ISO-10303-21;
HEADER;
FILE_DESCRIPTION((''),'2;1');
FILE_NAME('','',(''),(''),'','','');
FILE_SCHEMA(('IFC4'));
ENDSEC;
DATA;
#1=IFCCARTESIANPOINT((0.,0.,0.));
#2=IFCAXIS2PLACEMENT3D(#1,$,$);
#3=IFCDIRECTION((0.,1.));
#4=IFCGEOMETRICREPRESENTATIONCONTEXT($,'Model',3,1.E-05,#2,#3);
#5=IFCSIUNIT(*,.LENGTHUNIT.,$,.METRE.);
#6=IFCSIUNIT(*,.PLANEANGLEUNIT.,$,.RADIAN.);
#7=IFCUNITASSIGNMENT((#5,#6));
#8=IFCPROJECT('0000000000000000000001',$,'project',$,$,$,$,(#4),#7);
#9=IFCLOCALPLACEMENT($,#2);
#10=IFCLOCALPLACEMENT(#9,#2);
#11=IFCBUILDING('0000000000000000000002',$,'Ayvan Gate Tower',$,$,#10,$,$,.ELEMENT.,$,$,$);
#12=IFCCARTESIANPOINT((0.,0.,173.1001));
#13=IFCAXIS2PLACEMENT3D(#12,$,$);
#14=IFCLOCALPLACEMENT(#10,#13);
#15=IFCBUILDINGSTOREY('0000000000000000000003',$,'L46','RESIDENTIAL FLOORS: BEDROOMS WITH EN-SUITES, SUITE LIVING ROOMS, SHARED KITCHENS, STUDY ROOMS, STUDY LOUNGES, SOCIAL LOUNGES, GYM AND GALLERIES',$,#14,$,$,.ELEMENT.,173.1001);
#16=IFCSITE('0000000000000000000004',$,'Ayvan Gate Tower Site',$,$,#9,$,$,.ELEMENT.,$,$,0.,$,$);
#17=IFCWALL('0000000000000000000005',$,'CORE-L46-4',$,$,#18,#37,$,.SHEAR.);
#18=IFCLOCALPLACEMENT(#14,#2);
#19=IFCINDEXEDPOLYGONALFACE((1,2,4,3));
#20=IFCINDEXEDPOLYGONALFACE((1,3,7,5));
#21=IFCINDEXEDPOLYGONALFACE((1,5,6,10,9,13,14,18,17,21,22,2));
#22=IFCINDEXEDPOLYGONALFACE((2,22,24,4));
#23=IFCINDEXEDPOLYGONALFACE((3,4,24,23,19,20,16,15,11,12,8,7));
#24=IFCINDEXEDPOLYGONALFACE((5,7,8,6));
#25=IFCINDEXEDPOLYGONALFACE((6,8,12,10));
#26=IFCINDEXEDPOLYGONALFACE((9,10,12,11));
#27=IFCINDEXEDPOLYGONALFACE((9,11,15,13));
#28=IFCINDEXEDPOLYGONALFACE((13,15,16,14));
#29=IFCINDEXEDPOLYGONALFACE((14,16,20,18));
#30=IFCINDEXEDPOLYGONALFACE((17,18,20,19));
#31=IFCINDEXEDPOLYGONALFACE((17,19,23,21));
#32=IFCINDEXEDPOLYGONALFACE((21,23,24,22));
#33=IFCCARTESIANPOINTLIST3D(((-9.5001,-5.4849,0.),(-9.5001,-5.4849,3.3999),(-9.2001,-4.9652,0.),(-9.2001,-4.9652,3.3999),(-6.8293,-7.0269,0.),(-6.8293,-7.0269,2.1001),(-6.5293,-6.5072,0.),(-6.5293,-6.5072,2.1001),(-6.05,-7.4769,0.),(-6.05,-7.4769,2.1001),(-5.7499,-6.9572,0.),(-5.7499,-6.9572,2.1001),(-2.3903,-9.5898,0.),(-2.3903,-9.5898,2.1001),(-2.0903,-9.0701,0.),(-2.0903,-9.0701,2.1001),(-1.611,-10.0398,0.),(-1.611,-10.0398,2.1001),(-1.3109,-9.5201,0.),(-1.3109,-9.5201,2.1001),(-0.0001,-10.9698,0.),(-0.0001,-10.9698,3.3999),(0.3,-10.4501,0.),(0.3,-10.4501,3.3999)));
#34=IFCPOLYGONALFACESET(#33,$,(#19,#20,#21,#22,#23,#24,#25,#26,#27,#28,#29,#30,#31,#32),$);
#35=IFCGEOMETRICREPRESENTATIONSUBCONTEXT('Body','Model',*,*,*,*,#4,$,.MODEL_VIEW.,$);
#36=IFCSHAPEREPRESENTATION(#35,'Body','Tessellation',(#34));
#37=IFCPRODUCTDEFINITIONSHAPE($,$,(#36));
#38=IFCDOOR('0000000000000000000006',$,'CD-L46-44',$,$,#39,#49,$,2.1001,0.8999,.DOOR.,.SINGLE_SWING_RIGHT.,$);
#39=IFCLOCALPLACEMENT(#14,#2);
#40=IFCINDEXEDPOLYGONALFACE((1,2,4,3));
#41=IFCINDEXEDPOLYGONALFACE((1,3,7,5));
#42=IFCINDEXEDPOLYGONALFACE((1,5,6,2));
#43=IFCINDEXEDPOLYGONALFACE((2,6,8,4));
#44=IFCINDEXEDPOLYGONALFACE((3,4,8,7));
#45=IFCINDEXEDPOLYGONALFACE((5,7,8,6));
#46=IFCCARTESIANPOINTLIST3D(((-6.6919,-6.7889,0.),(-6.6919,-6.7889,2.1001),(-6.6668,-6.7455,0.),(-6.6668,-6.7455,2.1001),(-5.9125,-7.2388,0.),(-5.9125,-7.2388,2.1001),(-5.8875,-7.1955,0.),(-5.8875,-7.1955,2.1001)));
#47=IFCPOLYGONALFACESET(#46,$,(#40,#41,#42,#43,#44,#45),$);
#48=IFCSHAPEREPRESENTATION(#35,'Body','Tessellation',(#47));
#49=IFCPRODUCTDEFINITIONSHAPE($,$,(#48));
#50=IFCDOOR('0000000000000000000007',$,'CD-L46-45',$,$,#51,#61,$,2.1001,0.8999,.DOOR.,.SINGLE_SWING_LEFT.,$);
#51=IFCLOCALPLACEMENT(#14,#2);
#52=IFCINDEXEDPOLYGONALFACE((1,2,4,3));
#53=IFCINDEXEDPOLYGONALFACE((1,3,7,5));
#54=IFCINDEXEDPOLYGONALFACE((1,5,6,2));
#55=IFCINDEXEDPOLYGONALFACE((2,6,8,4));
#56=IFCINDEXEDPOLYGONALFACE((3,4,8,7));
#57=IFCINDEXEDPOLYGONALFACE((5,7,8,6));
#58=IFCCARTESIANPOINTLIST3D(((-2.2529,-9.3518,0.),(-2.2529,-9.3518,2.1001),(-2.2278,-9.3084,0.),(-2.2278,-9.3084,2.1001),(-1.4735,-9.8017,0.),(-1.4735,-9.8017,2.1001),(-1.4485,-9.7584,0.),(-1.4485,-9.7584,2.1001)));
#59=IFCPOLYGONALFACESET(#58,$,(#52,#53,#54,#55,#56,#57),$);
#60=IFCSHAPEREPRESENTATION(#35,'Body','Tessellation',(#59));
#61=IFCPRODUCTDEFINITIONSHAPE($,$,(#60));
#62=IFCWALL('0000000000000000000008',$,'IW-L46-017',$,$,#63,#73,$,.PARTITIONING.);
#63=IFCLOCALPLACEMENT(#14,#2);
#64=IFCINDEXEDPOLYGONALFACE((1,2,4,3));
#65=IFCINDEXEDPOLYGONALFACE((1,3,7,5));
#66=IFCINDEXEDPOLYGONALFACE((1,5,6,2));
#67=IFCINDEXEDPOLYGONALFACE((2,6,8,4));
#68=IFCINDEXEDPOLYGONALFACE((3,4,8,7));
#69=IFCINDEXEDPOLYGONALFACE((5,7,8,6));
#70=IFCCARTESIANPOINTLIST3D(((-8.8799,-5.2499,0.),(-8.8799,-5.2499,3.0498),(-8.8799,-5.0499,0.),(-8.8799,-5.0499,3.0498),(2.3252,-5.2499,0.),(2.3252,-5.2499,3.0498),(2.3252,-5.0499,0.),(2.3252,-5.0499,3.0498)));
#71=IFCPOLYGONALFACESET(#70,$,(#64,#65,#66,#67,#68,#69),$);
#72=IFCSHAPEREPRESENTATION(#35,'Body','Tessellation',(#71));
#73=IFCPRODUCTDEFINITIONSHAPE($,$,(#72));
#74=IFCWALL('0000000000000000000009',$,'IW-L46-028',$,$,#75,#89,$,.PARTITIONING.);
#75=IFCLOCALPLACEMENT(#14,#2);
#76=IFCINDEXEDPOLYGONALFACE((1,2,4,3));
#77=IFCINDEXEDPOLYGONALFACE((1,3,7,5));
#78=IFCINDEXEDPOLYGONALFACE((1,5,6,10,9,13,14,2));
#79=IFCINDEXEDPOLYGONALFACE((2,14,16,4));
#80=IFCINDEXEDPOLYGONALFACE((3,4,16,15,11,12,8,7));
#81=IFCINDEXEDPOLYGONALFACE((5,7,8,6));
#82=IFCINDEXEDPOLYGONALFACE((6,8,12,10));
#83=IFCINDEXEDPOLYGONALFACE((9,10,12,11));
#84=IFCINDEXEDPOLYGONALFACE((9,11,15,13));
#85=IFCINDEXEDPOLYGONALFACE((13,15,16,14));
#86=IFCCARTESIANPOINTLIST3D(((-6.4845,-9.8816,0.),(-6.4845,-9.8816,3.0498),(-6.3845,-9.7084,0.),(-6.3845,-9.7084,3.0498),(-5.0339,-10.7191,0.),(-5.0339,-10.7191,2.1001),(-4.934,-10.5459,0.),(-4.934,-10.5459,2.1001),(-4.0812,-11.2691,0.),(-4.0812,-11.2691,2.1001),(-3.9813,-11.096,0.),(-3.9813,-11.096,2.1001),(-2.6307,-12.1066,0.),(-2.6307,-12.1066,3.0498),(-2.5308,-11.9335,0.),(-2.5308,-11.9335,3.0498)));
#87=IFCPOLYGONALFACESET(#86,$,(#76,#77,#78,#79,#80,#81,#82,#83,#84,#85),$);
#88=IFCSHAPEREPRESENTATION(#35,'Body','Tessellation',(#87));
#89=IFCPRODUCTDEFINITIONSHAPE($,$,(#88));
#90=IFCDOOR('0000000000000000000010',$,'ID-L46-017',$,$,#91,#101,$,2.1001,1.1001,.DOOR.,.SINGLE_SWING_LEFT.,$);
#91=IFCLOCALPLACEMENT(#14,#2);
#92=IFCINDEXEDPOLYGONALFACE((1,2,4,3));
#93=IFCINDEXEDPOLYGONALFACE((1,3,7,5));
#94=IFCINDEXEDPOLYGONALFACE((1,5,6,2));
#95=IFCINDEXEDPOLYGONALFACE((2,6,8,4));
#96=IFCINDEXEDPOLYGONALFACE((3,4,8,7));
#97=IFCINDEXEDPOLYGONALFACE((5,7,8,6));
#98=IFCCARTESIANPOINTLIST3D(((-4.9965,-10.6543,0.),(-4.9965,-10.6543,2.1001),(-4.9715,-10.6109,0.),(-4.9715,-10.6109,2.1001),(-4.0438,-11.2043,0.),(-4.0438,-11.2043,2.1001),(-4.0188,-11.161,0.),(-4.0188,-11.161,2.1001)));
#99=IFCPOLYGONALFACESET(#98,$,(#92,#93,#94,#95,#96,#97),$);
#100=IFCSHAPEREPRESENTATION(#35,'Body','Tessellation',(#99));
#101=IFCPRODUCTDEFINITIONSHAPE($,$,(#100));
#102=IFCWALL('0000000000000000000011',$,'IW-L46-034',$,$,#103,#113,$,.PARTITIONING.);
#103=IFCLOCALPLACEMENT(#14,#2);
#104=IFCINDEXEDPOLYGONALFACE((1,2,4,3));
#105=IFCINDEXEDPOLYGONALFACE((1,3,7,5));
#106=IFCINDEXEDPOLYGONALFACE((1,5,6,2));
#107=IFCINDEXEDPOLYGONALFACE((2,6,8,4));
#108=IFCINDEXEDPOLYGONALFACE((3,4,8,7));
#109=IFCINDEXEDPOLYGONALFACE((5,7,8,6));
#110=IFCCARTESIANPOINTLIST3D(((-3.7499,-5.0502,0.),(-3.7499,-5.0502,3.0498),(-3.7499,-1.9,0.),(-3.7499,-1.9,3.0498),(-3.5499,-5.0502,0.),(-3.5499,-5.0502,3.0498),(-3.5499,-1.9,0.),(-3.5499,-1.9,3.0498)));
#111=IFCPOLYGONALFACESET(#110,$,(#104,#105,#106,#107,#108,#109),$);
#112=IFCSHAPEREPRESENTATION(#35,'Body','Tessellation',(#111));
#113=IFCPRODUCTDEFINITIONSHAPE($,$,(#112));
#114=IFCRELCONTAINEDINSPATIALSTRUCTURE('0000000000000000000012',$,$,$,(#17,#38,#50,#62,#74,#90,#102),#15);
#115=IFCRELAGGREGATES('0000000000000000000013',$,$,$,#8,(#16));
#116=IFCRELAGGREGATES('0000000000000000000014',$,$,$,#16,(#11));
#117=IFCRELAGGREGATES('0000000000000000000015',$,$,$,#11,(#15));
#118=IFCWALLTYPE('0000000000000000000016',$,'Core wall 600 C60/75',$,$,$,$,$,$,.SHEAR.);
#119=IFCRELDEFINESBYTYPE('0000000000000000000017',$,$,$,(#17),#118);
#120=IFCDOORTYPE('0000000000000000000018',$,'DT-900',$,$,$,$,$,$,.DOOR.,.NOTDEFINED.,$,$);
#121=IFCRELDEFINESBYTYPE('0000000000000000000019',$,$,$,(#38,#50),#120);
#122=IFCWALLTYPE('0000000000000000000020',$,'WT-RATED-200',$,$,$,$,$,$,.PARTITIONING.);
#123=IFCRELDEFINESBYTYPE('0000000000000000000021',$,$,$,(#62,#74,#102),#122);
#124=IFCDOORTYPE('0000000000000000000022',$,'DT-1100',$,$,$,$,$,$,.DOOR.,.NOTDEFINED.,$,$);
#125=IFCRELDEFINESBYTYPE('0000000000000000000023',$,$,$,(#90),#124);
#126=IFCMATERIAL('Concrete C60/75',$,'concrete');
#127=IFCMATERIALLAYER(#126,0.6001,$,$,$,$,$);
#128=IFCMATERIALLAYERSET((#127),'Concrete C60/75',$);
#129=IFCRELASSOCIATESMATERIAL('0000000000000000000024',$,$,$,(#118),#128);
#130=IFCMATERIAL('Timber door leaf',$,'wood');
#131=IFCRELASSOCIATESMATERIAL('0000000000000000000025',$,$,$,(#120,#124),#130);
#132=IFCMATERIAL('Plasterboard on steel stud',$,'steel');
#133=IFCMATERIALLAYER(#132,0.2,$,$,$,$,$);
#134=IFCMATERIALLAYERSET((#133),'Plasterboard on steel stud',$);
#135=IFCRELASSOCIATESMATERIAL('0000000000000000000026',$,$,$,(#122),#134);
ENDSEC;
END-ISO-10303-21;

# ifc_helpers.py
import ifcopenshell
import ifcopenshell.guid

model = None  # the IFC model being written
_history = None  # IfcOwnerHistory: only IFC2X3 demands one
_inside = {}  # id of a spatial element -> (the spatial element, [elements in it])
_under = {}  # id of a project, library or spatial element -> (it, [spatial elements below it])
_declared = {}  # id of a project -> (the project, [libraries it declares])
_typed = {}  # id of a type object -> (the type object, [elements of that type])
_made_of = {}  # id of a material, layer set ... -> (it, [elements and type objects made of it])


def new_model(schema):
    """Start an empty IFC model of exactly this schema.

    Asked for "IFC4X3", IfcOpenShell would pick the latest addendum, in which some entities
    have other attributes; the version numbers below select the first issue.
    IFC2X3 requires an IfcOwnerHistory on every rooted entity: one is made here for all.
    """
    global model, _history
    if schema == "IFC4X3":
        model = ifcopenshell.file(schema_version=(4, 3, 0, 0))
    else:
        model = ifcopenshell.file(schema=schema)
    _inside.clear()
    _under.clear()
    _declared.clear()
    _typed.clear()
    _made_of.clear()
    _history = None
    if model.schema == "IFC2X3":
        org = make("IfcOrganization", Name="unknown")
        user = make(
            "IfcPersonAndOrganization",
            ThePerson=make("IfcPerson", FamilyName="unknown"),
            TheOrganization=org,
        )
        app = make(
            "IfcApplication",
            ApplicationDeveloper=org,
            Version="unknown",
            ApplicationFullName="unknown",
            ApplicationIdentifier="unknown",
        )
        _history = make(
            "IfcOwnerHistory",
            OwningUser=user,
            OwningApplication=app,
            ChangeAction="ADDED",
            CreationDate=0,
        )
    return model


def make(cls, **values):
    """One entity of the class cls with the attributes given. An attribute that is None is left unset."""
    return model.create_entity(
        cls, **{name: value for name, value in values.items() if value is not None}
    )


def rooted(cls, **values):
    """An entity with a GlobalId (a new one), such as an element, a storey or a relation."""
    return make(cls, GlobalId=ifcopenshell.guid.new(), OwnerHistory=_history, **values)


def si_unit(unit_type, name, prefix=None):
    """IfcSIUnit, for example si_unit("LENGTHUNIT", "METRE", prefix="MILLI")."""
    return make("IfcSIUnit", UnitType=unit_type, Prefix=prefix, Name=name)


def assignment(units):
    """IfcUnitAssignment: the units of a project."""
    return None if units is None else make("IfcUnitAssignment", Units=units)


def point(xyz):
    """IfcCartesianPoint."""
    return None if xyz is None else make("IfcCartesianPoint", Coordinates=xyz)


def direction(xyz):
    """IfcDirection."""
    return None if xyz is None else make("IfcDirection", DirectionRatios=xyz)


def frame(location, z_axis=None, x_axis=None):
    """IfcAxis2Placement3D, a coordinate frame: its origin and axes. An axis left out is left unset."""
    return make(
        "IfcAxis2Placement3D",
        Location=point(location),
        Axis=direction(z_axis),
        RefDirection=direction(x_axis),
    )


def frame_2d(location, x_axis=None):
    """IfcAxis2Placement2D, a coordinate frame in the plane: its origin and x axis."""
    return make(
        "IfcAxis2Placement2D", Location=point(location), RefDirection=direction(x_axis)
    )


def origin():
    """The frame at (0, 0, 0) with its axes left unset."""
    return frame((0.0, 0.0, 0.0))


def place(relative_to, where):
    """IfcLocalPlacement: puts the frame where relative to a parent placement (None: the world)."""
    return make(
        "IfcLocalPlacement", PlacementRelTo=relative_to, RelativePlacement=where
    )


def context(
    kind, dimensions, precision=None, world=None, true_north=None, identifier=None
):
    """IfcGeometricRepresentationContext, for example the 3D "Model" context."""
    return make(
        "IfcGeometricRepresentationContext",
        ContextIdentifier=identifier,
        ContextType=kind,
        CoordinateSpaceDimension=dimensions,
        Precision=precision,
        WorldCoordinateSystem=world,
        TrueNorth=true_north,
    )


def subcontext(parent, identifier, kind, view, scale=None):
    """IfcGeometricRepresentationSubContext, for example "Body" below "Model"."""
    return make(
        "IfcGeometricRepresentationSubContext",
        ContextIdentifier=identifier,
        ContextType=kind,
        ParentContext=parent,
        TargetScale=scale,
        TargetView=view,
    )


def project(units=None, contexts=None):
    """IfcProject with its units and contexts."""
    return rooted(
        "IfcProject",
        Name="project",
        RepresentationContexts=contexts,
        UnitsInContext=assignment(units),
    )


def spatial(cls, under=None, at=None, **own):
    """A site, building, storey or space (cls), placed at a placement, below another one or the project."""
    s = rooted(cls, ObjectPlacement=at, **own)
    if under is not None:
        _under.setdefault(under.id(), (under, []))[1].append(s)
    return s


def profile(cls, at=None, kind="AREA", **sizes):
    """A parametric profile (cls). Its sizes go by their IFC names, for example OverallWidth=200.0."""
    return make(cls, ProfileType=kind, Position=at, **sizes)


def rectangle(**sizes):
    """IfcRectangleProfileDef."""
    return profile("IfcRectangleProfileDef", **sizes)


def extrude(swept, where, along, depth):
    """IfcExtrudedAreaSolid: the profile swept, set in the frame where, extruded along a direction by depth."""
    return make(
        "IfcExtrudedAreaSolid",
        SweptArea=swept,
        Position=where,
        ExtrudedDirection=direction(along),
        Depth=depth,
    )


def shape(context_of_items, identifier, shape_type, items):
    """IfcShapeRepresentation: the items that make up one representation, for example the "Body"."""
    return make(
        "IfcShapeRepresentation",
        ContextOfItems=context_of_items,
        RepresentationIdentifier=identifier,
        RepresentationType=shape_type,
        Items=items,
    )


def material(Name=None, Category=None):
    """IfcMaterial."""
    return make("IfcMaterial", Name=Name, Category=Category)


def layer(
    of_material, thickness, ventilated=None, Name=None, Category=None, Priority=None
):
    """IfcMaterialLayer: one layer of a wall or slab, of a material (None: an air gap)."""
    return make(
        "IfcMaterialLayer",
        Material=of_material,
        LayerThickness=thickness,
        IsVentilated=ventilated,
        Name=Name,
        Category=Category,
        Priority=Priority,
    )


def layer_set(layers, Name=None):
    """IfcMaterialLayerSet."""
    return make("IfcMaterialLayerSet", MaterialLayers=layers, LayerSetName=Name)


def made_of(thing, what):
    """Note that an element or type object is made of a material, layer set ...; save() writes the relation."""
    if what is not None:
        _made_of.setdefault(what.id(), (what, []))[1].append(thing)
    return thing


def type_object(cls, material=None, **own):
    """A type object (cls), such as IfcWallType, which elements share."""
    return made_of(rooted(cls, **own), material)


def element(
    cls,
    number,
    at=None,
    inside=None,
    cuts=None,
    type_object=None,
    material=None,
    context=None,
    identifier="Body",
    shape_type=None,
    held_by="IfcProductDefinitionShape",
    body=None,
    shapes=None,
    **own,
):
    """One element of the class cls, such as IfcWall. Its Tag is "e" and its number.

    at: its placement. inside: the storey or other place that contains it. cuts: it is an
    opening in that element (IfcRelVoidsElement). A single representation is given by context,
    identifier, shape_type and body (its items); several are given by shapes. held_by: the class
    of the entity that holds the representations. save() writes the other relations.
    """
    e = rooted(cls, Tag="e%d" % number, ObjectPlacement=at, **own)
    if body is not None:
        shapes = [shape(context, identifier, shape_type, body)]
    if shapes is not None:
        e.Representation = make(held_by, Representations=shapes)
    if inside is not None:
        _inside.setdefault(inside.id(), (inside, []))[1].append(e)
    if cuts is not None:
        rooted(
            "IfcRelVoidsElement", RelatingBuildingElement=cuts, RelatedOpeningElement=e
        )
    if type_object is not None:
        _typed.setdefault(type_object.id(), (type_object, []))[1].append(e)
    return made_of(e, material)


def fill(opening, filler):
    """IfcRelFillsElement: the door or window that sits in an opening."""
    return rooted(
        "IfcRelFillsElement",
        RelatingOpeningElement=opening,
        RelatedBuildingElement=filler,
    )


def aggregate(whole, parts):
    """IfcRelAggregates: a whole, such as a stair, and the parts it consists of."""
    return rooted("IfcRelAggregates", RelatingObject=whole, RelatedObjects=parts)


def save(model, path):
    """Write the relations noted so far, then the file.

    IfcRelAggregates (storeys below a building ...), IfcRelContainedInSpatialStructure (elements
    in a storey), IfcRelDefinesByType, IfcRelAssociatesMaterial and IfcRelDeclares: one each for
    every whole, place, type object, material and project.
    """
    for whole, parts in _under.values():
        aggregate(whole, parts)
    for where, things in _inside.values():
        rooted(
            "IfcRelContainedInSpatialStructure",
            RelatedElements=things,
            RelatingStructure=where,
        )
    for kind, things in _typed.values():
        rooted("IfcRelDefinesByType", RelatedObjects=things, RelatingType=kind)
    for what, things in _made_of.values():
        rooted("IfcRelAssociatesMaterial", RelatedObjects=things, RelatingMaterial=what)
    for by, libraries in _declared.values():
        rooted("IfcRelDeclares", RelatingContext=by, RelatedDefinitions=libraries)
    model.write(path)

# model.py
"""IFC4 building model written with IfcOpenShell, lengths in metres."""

from ifc_helpers import new_model, si_unit, direction, frame, frame_2d, origin, place, context, subcontext, project, spatial, rectangle, extrude, material, layer, layer_set, type_object, element, fill, save


model = new_model("IFC4")

# Units and contexts
model_context = context("Model", 3, precision=1e-05, world=origin(), true_north=direction((0.0, 1.0)))
body_context = subcontext(model_context, "Body", "Model", "MODEL_VIEW")
ifc_project = project(units=[si_unit("LENGTHUNIT", "METRE"), si_unit("PLANEANGLEUNIT", "RADIAN")], contexts=[model_context])

# Site, building, storey
site_placement = place(None, origin())
site = spatial("IfcSite", under=ifc_project, at=site_placement, Name="Ayvan Gate Tower Site", CompositionType="ELEMENT", RefElevation=0.0)
building_placement = place(site_placement, origin())
building = spatial("IfcBuilding", under=site, at=building_placement, Name="Ayvan Gate Tower", CompositionType="ELEMENT")
storey_placement = place(building_placement, frame((0.0, 0.0, 173.1001)))
storey = spatial("IfcBuildingStorey", under=building, at=storey_placement, Name="L46", Description="RESIDENTIAL FLOORS: BEDROOMS WITH EN-SUITES, SUITE LIVING ROOMS, SHARED KITCHENS, STUDY ROOMS, STUDY LOUNGES, SOCIAL LOUNGES, GYM AND GALLERIES", CompositionType="ELEMENT", Elevation=173.1001)

# Wall, openings, doors
ifc_material_1 = material(Name="Concrete C60/75", Category="concrete")
ifc_layer_1 = layer(ifc_material_1, 0.6001)
ifc_layer_set_1 = layer_set([ifc_layer_1], Name="Concrete C60/75")
wall_type_1 = type_object("IfcWallType", Name="Core wall 600 C60/75", PredefinedType="SHEAR", material=ifc_layer_set_1)
wall_1_placement = place(storey_placement, frame((-9.3501, -5.2251, 0.0), z_axis=(0.0, 0.0, 1.0), x_axis=(0.866024, -0.500002, 0.0)))
wall_1 = element("IfcWall", 1, at=wall_1_placement, inside=storey, type_object=wall_type_1, Name="CORE-L46-4", PredefinedType="SHEAR", context=body_context, shape_type="SweptSolid", body=[
    extrude(rectangle(XDim=10.9697, YDim=0.6001, at=frame_2d((5.4849, 0.0))), origin(), (0.0, 0.0, 1.0), 3.3999),
])
opening_1_placement = place(wall_1_placement, frame((3.084, 0.0, 0.0)))
opening_1 = element("IfcOpeningElement", 2, at=opening_1_placement, cuts=wall_1, PredefinedType="OPENING", context=body_context, shape_type="SweptSolid", body=[
    extrude(rectangle(XDim=0.8999, YDim=2.1001, at=frame_2d((0.45, 1.05))), frame((0.0, 0.3101, 0.0), z_axis=(0.0, -1.0, 0.0), x_axis=(1.0, 0.0, 0.0)), (0.0, 0.0, 1.0), 0.6201),
])
opening_2_placement = place(wall_1_placement, frame((8.2097, 0.0, 0.0)))
opening_2 = element("IfcOpeningElement", 3, at=opening_2_placement, cuts=wall_1, PredefinedType="OPENING", context=body_context, shape_type="SweptSolid", body=[
    extrude(rectangle(XDim=0.8999, YDim=2.1001, at=frame_2d((0.45, 1.05))), frame((0.0, 0.3101, 0.0), z_axis=(0.0, -1.0, 0.0), x_axis=(1.0, 0.0, 0.0)), (0.0, 0.0, 1.0), 0.6201),
])
ifc_material_2 = material(Name="Timber door leaf", Category="wood")
door_type_1 = type_object("IfcDoorType", Name="DT-900", OperationType="NOTDEFINED", PredefinedType="DOOR", material=ifc_material_2)
door_1_placement = place(opening_1_placement, origin())
door_1 = element("IfcDoor", 4, at=door_1_placement, inside=storey, type_object=door_type_1, Name="CD-L46-44", OperationType="SINGLE_SWING_RIGHT", OverallHeight=2.1001, OverallWidth=0.8999, PredefinedType="DOOR", context=body_context, shape_type="SweptSolid", body=[
    extrude(rectangle(XDim=0.8999, YDim=2.1001, at=frame_2d((0.45, 1.05))), frame((0.0, 0.0249, 0.0), z_axis=(0.0, -1.0, 0.0), x_axis=(1.0, 0.0, 0.0)), (0.0, 0.0, 1.0), 0.05),
])
fill(opening_1, door_1)
door_2_placement = place(opening_2_placement, origin())
door_2 = element("IfcDoor", 5, at=door_2_placement, inside=storey, type_object=door_type_1, Name="CD-L46-45", OperationType="SINGLE_SWING_LEFT", OverallHeight=2.1001, OverallWidth=0.8999, PredefinedType="DOOR", context=body_context, shape_type="SweptSolid", body=[
    extrude(rectangle(XDim=0.8999, YDim=2.1001, at=frame_2d((0.45, 1.05))), frame((0.0, 0.0249, 0.0), z_axis=(0.0, -1.0, 0.0), x_axis=(1.0, 0.0, 0.0)), (0.0, 0.0, 1.0), 0.05),
])
fill(opening_2, door_2)

# Wall
ifc_material_3 = material(Name="Plasterboard on steel stud", Category="steel")
ifc_layer_2 = layer(ifc_material_3, 0.2)
ifc_layer_set_2 = layer_set([ifc_layer_2], Name="Plasterboard on steel stud")
wall_type_2 = type_object("IfcWallType", Name="WT-RATED-200", PredefinedType="PARTITIONING", material=ifc_layer_set_2)
wall_2_placement = place(storey_placement, frame((-8.8799, -5.1499, 0.0), z_axis=(0.0, 0.0, 1.0), x_axis=(1.0, 0.0, 0.0)))
element("IfcWall", 6, at=wall_2_placement, inside=storey, type_object=wall_type_2, Name="IW-L46-017", PredefinedType="PARTITIONING", context=body_context, shape_type="SweptSolid", body=[
    extrude(rectangle(XDim=11.2051, YDim=0.2, at=frame_2d((5.6025, 0.0))), origin(), (0.0, 0.0, 1.0), 3.0498),
])

# Wall, opening, door
wall_3_placement = place(storey_placement, frame((-6.4346, -9.7949, 0.0), z_axis=(0.0, 0.0, 1.0), x_axis=(0.866013, -0.500022, 0.0)))
wall_3 = element("IfcWall", 7, at=wall_3_placement, inside=storey, type_object=wall_type_2, Name="IW-L46-028", PredefinedType="PARTITIONING", context=body_context, shape_type="SweptSolid", body=[
    extrude(rectangle(XDim=4.45, YDim=0.2, at=frame_2d((2.2251, 0.0))), origin(), (0.0, 0.0, 1.0), 3.0498),
])
opening_3_placement = place(wall_3_placement, frame((1.675, 0.0, 0.0)))
opening_3 = element("IfcOpeningElement", 8, at=opening_3_placement, cuts=wall_3, PredefinedType="OPENING", context=body_context, shape_type="SweptSolid", body=[
    extrude(rectangle(XDim=1.1001, YDim=2.1001, at=frame_2d((0.55, 1.05))), frame((0.0, 0.1099, 0.0), z_axis=(0.0, -1.0, 0.0), x_axis=(1.0, 0.0, 0.0)), (0.0, 0.0, 1.0), 0.22),
])
door_type_2 = type_object("IfcDoorType", Name="DT-1100", OperationType="NOTDEFINED", PredefinedType="DOOR", material=ifc_material_2)
door_3_placement = place(opening_3_placement, origin())
door_3 = element("IfcDoor", 9, at=door_3_placement, inside=storey, type_object=door_type_2, Name="ID-L46-017", OperationType="SINGLE_SWING_LEFT", OverallHeight=2.1001, OverallWidth=1.1001, PredefinedType="DOOR", context=body_context, shape_type="SweptSolid", body=[
    extrude(rectangle(XDim=1.1001, YDim=2.1001, at=frame_2d((0.55, 1.05))), frame((0.0, 0.0249, 0.0), z_axis=(0.0, -1.0, 0.0), x_axis=(1.0, 0.0, 0.0)), (0.0, 0.0, 1.0), 0.05),
])
fill(opening_3, door_3)

# Wall
wall_4_placement = place(storey_placement, frame((-3.6499, -1.8999, 0.0), z_axis=(0.0, 0.0, 1.0), x_axis=(0.0, -1.0, 0.0)))
element("IfcWall", 10, at=wall_4_placement, inside=storey, type_object=wall_type_2, Name="IW-L46-034", PredefinedType="PARTITIONING", context=body_context, shape_type="SweptSolid", body=[
    extrude(rectangle(XDim=3.1501, YDim=0.2, at=frame_2d((1.5752, 0.0))), origin(), (0.0, 0.0, 1.0), 3.0498),
])

save(model, "model.ifc")
